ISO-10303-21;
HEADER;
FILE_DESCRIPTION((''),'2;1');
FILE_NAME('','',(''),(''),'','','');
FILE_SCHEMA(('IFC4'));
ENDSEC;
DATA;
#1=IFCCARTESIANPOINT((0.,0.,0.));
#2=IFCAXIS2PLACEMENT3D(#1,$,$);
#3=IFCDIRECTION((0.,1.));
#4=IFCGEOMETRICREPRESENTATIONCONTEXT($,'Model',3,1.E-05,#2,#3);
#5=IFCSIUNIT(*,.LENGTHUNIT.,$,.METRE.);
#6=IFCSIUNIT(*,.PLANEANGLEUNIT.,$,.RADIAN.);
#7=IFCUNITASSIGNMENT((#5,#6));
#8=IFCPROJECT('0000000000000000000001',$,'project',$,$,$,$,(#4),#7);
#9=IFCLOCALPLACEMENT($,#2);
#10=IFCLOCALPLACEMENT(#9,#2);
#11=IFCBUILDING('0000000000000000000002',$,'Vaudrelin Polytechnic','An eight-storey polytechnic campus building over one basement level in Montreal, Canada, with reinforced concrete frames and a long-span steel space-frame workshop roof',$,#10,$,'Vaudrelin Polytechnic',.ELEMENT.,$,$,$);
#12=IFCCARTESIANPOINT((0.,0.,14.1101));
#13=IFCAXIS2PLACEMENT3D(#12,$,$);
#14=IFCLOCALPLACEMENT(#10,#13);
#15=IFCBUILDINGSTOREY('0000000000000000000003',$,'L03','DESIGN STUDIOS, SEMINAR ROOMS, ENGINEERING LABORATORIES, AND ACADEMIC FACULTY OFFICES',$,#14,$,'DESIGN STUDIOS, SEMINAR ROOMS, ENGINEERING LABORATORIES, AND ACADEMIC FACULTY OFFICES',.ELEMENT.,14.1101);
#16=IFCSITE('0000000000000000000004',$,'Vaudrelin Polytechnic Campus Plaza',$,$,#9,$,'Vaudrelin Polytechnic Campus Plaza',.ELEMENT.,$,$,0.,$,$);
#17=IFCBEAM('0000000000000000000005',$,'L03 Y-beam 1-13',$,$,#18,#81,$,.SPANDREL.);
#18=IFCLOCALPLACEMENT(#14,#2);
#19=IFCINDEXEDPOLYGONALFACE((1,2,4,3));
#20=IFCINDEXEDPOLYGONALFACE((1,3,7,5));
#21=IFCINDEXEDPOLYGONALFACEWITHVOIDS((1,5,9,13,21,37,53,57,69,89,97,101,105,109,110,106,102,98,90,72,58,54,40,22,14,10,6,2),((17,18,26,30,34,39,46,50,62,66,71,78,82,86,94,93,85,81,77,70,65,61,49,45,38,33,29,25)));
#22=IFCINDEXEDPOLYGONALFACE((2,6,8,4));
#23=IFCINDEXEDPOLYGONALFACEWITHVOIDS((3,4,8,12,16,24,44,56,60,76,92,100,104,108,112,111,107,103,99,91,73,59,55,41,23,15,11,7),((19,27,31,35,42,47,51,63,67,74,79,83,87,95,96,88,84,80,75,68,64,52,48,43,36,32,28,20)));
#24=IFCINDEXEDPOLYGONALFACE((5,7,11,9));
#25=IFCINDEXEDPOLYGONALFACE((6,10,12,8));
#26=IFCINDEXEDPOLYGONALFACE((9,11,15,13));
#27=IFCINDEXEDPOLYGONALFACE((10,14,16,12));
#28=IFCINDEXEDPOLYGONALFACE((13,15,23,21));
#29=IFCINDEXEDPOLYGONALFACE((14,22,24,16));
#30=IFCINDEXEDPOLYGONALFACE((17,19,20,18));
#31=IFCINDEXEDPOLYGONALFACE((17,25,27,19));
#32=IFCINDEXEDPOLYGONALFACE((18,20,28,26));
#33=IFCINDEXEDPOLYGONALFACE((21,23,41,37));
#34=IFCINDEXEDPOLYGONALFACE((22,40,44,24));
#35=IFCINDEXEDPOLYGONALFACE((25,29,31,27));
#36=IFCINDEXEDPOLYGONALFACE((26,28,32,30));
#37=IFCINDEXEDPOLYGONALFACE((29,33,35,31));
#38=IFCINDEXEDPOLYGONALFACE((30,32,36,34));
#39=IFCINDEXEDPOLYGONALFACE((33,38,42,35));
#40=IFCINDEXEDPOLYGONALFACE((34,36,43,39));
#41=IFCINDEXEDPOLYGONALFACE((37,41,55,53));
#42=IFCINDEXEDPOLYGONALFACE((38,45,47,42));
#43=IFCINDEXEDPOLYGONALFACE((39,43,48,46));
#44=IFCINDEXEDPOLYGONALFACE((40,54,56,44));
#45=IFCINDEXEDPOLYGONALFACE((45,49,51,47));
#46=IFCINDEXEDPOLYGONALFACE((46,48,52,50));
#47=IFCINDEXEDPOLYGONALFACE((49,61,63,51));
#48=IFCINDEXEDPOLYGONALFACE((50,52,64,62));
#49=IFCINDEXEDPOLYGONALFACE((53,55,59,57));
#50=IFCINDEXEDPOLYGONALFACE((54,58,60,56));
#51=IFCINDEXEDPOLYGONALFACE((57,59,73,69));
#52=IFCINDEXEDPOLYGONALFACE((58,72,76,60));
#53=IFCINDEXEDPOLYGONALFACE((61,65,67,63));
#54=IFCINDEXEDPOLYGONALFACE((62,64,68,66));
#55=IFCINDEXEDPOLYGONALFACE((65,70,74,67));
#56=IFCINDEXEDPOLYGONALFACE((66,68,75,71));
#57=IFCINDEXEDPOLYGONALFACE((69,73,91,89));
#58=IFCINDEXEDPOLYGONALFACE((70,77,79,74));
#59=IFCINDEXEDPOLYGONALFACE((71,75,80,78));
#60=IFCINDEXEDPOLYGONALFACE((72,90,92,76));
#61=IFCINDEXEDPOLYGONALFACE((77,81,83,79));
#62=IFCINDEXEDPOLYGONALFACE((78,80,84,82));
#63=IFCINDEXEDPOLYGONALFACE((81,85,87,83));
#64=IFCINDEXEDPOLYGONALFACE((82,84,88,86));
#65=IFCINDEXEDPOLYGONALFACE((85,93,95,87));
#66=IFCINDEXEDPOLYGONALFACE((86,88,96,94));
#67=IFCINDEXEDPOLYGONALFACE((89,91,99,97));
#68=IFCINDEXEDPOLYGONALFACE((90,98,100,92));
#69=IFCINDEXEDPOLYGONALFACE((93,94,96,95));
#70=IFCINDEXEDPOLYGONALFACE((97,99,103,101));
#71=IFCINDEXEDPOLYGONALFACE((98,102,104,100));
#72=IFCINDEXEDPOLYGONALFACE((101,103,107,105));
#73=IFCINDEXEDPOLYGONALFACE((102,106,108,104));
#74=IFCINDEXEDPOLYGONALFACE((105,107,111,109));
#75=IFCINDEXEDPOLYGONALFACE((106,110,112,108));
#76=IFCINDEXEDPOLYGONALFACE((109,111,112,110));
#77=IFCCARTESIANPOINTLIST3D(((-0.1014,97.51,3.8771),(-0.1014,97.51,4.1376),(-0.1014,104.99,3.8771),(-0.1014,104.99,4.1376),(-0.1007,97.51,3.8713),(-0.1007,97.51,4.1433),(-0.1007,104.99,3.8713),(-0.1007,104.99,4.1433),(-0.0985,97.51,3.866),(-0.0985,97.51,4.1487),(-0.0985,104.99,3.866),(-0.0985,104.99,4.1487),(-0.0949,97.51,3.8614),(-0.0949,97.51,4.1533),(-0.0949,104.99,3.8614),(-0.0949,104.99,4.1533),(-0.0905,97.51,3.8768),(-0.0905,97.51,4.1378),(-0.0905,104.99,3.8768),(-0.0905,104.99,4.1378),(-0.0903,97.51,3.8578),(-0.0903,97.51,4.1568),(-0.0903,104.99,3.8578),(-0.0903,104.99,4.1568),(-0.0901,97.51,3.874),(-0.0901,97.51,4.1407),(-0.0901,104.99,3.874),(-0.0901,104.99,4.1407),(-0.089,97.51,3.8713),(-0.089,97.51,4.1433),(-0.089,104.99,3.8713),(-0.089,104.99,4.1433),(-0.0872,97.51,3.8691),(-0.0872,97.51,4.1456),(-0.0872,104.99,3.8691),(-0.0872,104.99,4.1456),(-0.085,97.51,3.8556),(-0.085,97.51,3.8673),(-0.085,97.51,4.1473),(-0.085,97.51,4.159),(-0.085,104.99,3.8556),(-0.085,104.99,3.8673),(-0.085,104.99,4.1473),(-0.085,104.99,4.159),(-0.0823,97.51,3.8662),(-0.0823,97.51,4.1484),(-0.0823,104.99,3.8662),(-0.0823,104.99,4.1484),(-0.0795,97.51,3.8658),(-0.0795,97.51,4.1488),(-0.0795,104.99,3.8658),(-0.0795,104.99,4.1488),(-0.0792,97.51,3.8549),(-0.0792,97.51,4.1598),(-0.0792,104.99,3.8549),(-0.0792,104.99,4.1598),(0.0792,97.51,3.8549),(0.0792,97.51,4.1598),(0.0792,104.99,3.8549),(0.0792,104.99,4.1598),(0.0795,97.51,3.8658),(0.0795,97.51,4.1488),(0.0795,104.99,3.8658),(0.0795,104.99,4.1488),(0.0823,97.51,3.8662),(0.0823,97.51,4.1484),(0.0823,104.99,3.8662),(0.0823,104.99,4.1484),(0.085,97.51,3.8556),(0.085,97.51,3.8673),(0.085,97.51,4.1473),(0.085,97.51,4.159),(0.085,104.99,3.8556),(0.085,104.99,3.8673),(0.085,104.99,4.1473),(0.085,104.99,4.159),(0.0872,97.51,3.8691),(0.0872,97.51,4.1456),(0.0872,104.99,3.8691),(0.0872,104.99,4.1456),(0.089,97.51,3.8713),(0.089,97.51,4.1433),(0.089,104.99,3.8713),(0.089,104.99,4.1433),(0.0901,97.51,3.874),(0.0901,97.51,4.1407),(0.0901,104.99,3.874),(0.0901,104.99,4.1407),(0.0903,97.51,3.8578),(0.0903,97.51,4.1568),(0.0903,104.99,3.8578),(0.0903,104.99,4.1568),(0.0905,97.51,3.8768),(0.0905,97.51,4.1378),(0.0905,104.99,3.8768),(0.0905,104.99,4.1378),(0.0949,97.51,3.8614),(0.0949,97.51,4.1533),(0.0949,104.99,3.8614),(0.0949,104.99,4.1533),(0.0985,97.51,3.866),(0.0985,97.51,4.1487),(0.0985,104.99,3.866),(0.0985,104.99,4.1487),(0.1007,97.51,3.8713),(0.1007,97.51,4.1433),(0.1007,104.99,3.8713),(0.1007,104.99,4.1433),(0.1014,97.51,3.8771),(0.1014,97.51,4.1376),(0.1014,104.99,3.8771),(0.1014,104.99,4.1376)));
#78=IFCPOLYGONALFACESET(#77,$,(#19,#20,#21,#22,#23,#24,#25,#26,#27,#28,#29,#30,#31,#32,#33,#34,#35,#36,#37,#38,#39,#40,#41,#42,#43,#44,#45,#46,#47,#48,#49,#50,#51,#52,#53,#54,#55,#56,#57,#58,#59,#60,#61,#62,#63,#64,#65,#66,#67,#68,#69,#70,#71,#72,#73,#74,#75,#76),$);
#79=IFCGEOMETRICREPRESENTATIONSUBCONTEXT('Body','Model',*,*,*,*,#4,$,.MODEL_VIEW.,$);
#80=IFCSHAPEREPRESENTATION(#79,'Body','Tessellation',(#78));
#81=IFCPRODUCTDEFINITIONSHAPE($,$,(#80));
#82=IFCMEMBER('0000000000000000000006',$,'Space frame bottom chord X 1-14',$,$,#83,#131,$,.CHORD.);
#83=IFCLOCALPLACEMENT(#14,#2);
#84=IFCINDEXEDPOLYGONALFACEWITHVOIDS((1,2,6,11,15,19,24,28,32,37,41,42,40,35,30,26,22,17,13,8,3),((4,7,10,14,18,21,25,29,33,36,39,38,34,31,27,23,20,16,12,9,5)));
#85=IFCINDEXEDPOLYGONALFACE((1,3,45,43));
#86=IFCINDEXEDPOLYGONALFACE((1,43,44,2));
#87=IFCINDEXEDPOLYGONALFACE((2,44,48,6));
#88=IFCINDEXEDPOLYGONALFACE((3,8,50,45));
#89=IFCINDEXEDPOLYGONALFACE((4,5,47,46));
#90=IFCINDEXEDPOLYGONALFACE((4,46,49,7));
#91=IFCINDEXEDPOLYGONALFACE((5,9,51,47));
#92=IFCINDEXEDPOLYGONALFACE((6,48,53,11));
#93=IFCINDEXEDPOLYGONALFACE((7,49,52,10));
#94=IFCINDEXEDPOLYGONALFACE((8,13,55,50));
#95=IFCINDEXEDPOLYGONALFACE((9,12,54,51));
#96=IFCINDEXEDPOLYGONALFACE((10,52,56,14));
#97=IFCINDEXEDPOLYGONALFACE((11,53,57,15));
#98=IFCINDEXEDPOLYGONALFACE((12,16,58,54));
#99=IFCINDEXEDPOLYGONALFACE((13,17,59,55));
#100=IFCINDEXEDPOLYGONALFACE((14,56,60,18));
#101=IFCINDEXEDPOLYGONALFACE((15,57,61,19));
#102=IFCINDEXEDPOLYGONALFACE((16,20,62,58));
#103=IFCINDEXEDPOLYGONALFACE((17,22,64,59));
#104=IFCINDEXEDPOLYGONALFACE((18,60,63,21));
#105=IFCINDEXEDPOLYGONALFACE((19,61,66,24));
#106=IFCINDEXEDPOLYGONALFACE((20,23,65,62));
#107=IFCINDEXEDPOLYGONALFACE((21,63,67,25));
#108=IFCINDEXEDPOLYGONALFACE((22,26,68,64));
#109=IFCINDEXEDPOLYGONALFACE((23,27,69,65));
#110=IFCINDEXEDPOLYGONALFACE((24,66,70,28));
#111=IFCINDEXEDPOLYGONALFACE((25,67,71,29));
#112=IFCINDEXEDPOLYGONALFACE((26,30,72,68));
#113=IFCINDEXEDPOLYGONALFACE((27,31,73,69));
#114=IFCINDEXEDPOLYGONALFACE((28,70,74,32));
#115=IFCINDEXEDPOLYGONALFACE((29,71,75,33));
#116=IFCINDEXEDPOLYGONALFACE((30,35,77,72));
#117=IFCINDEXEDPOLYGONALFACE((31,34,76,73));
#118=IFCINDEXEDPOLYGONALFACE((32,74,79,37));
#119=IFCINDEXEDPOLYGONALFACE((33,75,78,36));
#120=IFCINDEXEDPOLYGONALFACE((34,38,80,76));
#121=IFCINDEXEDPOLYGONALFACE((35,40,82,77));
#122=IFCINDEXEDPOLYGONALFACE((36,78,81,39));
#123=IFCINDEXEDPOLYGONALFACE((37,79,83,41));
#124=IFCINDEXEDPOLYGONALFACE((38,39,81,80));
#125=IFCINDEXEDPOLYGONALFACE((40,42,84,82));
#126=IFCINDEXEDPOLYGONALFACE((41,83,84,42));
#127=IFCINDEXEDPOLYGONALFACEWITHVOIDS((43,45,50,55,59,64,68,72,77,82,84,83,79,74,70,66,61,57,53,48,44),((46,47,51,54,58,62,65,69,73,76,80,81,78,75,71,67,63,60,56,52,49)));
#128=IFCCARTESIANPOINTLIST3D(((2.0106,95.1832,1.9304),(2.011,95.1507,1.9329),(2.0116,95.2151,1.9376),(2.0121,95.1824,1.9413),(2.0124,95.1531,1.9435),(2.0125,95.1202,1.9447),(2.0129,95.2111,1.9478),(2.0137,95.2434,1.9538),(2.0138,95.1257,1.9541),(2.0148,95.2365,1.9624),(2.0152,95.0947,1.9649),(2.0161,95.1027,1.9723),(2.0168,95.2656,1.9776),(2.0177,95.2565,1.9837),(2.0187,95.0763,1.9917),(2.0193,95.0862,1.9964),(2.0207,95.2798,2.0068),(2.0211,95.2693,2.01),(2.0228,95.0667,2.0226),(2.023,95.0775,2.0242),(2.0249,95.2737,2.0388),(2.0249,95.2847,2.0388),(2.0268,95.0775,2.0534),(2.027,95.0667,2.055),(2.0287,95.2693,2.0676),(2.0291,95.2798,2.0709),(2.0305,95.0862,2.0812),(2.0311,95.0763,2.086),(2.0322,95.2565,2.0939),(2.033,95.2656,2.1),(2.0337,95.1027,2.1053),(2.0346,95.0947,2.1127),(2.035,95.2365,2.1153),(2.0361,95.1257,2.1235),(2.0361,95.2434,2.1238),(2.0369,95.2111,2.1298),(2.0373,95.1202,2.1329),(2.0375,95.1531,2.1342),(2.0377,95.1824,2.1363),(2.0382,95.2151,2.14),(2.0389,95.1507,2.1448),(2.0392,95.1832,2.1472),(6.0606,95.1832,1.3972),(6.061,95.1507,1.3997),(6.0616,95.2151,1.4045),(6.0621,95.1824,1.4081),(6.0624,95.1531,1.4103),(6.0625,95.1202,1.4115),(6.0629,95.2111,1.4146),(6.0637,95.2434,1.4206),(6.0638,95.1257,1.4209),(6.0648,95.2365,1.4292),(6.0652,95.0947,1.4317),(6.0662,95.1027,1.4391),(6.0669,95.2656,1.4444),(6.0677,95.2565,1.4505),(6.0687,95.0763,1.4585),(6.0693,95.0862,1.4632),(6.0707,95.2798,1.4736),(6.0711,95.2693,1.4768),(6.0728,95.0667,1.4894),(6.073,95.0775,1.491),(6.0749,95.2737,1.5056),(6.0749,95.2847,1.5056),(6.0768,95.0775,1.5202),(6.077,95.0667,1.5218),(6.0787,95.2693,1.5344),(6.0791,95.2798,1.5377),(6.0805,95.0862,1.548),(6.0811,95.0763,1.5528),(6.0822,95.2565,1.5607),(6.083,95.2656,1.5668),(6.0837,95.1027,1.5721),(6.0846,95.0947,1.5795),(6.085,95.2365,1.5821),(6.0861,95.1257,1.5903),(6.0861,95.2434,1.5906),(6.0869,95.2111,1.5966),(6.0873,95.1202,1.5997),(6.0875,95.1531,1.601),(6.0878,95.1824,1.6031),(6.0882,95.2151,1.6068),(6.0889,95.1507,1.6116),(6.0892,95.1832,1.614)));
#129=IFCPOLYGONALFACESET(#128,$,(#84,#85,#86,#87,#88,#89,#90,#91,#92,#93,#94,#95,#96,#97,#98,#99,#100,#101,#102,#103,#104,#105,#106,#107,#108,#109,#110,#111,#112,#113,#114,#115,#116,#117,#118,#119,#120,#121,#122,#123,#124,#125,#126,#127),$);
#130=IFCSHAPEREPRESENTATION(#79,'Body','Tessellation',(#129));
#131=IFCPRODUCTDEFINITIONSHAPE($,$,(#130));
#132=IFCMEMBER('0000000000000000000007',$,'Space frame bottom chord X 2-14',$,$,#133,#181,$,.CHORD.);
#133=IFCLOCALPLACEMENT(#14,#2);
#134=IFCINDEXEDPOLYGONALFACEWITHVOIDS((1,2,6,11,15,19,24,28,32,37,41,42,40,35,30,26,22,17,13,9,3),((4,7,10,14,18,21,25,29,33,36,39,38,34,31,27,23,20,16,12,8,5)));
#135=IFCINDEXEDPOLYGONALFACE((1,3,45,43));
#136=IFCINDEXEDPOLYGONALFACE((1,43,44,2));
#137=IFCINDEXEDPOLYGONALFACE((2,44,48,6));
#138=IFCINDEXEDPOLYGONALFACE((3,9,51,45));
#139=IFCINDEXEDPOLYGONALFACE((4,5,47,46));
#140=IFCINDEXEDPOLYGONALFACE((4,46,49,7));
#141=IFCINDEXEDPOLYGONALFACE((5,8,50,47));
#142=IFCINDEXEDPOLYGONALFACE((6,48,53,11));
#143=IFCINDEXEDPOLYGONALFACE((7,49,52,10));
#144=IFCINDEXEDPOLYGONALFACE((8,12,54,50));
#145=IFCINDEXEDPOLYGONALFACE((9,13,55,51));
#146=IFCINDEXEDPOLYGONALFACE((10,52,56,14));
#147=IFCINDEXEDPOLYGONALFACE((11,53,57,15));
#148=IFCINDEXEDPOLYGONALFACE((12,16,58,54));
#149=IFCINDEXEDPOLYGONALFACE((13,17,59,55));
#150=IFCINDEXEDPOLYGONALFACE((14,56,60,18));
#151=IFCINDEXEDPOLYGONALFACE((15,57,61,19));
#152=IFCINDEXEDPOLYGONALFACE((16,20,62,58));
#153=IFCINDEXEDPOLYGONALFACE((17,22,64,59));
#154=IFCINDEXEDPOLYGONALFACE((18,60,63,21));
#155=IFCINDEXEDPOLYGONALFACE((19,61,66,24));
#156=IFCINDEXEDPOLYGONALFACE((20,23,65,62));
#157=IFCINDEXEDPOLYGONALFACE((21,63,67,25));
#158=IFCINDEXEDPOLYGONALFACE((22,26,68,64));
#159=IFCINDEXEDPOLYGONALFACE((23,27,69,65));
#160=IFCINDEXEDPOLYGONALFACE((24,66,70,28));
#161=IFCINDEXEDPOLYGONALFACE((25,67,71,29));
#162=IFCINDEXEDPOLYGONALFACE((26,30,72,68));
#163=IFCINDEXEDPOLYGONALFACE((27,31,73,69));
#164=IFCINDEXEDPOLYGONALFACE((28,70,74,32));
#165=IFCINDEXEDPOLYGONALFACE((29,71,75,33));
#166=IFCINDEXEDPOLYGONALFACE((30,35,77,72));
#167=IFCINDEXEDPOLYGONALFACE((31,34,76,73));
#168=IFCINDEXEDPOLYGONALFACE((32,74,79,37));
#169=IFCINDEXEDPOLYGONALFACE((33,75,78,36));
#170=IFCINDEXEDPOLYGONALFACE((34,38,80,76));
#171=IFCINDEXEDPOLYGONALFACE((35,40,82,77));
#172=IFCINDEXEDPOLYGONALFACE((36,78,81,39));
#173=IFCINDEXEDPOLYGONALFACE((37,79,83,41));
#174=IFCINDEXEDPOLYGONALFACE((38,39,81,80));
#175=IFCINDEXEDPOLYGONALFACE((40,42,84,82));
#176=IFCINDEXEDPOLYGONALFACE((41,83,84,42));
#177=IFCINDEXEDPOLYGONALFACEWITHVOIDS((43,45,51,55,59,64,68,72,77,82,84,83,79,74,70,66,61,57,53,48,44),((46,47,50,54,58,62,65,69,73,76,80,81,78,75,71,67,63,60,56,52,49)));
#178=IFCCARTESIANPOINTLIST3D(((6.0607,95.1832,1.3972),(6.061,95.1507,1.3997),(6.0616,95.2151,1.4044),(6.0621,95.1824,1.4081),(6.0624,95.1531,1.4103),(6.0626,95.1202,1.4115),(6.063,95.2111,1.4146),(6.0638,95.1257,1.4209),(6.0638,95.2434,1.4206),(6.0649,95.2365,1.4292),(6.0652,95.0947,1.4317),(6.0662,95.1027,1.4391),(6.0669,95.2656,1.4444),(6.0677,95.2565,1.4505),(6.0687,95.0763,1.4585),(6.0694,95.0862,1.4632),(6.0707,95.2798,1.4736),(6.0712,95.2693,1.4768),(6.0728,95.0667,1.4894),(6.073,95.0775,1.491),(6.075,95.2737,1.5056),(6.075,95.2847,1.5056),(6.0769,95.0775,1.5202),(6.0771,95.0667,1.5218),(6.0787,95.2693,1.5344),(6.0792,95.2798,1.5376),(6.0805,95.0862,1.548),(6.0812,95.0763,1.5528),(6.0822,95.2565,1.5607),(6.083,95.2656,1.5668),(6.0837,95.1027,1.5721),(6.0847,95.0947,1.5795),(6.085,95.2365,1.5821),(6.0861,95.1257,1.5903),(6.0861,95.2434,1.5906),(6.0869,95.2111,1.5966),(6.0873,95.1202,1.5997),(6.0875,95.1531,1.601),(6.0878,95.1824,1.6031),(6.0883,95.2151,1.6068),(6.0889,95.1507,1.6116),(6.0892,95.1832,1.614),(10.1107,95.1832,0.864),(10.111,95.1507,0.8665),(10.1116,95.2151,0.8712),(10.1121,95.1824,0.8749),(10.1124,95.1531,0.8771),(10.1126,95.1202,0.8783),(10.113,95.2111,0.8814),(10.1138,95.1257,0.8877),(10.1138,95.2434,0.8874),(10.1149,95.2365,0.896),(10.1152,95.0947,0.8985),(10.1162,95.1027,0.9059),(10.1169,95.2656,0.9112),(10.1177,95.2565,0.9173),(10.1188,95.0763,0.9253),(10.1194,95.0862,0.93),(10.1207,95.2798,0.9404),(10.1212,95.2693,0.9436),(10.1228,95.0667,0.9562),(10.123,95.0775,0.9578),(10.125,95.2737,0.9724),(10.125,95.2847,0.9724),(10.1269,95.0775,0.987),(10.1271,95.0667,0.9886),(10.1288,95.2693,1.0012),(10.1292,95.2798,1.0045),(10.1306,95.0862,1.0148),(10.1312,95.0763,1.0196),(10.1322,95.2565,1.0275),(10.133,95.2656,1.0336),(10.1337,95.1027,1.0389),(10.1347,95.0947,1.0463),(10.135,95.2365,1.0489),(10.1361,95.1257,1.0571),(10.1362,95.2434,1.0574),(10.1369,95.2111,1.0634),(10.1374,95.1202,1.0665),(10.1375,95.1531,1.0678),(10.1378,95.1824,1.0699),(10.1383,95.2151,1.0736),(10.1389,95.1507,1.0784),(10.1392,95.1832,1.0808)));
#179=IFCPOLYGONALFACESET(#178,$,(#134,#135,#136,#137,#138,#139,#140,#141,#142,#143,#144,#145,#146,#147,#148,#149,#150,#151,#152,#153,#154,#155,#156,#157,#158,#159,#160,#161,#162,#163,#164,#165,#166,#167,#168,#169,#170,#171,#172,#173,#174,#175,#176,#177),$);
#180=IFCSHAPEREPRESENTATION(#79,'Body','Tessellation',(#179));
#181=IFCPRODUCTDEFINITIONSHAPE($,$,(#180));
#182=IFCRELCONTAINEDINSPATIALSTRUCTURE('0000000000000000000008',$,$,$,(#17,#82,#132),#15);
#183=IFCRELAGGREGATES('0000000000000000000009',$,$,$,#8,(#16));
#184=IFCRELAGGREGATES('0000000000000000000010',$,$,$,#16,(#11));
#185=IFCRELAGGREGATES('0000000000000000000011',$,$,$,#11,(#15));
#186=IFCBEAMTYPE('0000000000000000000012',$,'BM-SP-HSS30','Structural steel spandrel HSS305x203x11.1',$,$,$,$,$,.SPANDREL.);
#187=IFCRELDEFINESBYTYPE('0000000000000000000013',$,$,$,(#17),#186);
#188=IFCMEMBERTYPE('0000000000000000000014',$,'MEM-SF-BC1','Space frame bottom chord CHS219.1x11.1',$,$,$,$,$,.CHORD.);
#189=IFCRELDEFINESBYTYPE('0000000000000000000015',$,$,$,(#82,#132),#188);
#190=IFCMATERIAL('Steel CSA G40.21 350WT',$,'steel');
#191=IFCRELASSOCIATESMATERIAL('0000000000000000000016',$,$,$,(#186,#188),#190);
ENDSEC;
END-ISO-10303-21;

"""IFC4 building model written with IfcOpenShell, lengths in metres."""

from ifc_helpers import new_model, si_unit, direction, frame, origin, origin_2d, place, context, subcontext, project, spatial, hollow_rectangle, hollow_circle, extrude, material, material_profile, profile_set, type_object, element, save


model = new_model("IFC4")

# Units and contexts
model_context = context("Model", 3, precision=1e-05, world=origin(), true_north=direction((0.0, 1.0)))
body_context = subcontext(model_context, "Body", "Model", "MODEL_VIEW")
ifc_project = project(units=[si_unit("LENGTHUNIT", "METRE"), si_unit("PLANEANGLEUNIT", "RADIAN")], contexts=[model_context])

# Site, building, storey
site_placement = place(None, origin())
site = spatial("IfcSite", under=ifc_project, at=site_placement, Name="Vaudrelin Polytechnic Campus Plaza", LongName="Vaudrelin Polytechnic Campus Plaza", CompositionType="ELEMENT", RefElevation=0.0)
building_placement = place(site_placement, origin())
building = spatial("IfcBuilding", under=site, at=building_placement, Name="Vaudrelin Polytechnic", Description="An eight-storey polytechnic campus building over one basement level in Montreal, Canada, with reinforced concrete frames and a long-span steel space-frame workshop roof", LongName="Vaudrelin Polytechnic", CompositionType="ELEMENT")
storey_placement = place(building_placement, frame((0.0, 0.0, 14.1101)))
storey = spatial("IfcBuildingStorey", under=building, at=storey_placement, Name="L03", Description="DESIGN STUDIOS, SEMINAR ROOMS, ENGINEERING LABORATORIES, AND ACADEMIC FACULTY OFFICES", LongName="DESIGN STUDIOS, SEMINAR ROOMS, ENGINEERING LABORATORIES, AND ACADEMIC FACULTY OFFICES", CompositionType="ELEMENT", Elevation=14.1101)

# Beam
ifc_material_1 = material(Name="Steel CSA G40.21 350WT", Category="steel")
ifc_material_profile_1 = material_profile(ifc_material_1, hollow_rectangle(XDim=0.2029, YDim=0.3049, WallThickness=0.011, InnerFilletRadius=0.011, OuterFilletRadius=0.0222, at=origin_2d()), Name="HSS305x203x11.1")
ifc_profile_set_1 = profile_set([ifc_material_profile_1], Name="Steel CSA G40.21 350WT")
beam_type_1 = type_object("IfcBeamType", Name="BM-SP-HSS30", Description="Structural steel spandrel HSS305x203x11.1", PredefinedType="SPANDREL", material=ifc_profile_set_1)
beam_1_placement = place(storey_placement, frame((0.0, 97.51, 4.0073), z_axis=(0.0, 1.0, 0.0), x_axis=(-1.0, 0.0, 0.0)))
element("IfcBeam", 1, at=beam_1_placement, inside=storey, type_object=beam_type_1, Name="L03 Y-beam 1-13", PredefinedType="SPANDREL", context=body_context, shape_type="SweptSolid", body=[
    extrude(hollow_rectangle(XDim=0.2029, YDim=0.3049, WallThickness=0.011, InnerFilletRadius=0.011, OuterFilletRadius=0.0222, at=origin_2d()), origin(), (0.0, 0.0, 1.0), 7.48),
])

# Members
ifc_material_profile_2 = material_profile(ifc_material_1, hollow_circle(Radius=0.1096, WallThickness=0.011, at=origin_2d()), Name="CHS219.1x11.1")
ifc_profile_set_2 = profile_set([ifc_material_profile_2], Name="Steel CSA G40.21 350WT")
member_type_1 = type_object("IfcMemberType", Name="MEM-SF-BC1", Description="Space frame bottom chord CHS219.1x11.1", PredefinedType="CHORD", material=ifc_profile_set_2)
for number, where, z_axis, x_axis, name in (
    (2, (2.0249, 95.175, 2.0388), (0.991445, 0.0, -0.130527), (0.0, 1.0, 0.0), "Space frame bottom chord X 1-14"),
    (3, (6.075, 95.175, 1.5056), (0.991445, 0.0, -0.130527), (0.0, 1.0, 0.0), "Space frame bottom chord X 2-14"),
):
    element("IfcMember", number, at=place(storey_placement, frame(where, z_axis=z_axis, x_axis=x_axis)), inside=storey, type_object=member_type_1, Name=name, PredefinedType="CHORD", context=body_context, shape_type="SweptSolid", body=[
        extrude(hollow_circle(Radius=0.1096, WallThickness=0.011, at=origin_2d()), origin(), (0.0, 0.0, 1.0), 4.085),
    ])

save(model, "model.ifc")
